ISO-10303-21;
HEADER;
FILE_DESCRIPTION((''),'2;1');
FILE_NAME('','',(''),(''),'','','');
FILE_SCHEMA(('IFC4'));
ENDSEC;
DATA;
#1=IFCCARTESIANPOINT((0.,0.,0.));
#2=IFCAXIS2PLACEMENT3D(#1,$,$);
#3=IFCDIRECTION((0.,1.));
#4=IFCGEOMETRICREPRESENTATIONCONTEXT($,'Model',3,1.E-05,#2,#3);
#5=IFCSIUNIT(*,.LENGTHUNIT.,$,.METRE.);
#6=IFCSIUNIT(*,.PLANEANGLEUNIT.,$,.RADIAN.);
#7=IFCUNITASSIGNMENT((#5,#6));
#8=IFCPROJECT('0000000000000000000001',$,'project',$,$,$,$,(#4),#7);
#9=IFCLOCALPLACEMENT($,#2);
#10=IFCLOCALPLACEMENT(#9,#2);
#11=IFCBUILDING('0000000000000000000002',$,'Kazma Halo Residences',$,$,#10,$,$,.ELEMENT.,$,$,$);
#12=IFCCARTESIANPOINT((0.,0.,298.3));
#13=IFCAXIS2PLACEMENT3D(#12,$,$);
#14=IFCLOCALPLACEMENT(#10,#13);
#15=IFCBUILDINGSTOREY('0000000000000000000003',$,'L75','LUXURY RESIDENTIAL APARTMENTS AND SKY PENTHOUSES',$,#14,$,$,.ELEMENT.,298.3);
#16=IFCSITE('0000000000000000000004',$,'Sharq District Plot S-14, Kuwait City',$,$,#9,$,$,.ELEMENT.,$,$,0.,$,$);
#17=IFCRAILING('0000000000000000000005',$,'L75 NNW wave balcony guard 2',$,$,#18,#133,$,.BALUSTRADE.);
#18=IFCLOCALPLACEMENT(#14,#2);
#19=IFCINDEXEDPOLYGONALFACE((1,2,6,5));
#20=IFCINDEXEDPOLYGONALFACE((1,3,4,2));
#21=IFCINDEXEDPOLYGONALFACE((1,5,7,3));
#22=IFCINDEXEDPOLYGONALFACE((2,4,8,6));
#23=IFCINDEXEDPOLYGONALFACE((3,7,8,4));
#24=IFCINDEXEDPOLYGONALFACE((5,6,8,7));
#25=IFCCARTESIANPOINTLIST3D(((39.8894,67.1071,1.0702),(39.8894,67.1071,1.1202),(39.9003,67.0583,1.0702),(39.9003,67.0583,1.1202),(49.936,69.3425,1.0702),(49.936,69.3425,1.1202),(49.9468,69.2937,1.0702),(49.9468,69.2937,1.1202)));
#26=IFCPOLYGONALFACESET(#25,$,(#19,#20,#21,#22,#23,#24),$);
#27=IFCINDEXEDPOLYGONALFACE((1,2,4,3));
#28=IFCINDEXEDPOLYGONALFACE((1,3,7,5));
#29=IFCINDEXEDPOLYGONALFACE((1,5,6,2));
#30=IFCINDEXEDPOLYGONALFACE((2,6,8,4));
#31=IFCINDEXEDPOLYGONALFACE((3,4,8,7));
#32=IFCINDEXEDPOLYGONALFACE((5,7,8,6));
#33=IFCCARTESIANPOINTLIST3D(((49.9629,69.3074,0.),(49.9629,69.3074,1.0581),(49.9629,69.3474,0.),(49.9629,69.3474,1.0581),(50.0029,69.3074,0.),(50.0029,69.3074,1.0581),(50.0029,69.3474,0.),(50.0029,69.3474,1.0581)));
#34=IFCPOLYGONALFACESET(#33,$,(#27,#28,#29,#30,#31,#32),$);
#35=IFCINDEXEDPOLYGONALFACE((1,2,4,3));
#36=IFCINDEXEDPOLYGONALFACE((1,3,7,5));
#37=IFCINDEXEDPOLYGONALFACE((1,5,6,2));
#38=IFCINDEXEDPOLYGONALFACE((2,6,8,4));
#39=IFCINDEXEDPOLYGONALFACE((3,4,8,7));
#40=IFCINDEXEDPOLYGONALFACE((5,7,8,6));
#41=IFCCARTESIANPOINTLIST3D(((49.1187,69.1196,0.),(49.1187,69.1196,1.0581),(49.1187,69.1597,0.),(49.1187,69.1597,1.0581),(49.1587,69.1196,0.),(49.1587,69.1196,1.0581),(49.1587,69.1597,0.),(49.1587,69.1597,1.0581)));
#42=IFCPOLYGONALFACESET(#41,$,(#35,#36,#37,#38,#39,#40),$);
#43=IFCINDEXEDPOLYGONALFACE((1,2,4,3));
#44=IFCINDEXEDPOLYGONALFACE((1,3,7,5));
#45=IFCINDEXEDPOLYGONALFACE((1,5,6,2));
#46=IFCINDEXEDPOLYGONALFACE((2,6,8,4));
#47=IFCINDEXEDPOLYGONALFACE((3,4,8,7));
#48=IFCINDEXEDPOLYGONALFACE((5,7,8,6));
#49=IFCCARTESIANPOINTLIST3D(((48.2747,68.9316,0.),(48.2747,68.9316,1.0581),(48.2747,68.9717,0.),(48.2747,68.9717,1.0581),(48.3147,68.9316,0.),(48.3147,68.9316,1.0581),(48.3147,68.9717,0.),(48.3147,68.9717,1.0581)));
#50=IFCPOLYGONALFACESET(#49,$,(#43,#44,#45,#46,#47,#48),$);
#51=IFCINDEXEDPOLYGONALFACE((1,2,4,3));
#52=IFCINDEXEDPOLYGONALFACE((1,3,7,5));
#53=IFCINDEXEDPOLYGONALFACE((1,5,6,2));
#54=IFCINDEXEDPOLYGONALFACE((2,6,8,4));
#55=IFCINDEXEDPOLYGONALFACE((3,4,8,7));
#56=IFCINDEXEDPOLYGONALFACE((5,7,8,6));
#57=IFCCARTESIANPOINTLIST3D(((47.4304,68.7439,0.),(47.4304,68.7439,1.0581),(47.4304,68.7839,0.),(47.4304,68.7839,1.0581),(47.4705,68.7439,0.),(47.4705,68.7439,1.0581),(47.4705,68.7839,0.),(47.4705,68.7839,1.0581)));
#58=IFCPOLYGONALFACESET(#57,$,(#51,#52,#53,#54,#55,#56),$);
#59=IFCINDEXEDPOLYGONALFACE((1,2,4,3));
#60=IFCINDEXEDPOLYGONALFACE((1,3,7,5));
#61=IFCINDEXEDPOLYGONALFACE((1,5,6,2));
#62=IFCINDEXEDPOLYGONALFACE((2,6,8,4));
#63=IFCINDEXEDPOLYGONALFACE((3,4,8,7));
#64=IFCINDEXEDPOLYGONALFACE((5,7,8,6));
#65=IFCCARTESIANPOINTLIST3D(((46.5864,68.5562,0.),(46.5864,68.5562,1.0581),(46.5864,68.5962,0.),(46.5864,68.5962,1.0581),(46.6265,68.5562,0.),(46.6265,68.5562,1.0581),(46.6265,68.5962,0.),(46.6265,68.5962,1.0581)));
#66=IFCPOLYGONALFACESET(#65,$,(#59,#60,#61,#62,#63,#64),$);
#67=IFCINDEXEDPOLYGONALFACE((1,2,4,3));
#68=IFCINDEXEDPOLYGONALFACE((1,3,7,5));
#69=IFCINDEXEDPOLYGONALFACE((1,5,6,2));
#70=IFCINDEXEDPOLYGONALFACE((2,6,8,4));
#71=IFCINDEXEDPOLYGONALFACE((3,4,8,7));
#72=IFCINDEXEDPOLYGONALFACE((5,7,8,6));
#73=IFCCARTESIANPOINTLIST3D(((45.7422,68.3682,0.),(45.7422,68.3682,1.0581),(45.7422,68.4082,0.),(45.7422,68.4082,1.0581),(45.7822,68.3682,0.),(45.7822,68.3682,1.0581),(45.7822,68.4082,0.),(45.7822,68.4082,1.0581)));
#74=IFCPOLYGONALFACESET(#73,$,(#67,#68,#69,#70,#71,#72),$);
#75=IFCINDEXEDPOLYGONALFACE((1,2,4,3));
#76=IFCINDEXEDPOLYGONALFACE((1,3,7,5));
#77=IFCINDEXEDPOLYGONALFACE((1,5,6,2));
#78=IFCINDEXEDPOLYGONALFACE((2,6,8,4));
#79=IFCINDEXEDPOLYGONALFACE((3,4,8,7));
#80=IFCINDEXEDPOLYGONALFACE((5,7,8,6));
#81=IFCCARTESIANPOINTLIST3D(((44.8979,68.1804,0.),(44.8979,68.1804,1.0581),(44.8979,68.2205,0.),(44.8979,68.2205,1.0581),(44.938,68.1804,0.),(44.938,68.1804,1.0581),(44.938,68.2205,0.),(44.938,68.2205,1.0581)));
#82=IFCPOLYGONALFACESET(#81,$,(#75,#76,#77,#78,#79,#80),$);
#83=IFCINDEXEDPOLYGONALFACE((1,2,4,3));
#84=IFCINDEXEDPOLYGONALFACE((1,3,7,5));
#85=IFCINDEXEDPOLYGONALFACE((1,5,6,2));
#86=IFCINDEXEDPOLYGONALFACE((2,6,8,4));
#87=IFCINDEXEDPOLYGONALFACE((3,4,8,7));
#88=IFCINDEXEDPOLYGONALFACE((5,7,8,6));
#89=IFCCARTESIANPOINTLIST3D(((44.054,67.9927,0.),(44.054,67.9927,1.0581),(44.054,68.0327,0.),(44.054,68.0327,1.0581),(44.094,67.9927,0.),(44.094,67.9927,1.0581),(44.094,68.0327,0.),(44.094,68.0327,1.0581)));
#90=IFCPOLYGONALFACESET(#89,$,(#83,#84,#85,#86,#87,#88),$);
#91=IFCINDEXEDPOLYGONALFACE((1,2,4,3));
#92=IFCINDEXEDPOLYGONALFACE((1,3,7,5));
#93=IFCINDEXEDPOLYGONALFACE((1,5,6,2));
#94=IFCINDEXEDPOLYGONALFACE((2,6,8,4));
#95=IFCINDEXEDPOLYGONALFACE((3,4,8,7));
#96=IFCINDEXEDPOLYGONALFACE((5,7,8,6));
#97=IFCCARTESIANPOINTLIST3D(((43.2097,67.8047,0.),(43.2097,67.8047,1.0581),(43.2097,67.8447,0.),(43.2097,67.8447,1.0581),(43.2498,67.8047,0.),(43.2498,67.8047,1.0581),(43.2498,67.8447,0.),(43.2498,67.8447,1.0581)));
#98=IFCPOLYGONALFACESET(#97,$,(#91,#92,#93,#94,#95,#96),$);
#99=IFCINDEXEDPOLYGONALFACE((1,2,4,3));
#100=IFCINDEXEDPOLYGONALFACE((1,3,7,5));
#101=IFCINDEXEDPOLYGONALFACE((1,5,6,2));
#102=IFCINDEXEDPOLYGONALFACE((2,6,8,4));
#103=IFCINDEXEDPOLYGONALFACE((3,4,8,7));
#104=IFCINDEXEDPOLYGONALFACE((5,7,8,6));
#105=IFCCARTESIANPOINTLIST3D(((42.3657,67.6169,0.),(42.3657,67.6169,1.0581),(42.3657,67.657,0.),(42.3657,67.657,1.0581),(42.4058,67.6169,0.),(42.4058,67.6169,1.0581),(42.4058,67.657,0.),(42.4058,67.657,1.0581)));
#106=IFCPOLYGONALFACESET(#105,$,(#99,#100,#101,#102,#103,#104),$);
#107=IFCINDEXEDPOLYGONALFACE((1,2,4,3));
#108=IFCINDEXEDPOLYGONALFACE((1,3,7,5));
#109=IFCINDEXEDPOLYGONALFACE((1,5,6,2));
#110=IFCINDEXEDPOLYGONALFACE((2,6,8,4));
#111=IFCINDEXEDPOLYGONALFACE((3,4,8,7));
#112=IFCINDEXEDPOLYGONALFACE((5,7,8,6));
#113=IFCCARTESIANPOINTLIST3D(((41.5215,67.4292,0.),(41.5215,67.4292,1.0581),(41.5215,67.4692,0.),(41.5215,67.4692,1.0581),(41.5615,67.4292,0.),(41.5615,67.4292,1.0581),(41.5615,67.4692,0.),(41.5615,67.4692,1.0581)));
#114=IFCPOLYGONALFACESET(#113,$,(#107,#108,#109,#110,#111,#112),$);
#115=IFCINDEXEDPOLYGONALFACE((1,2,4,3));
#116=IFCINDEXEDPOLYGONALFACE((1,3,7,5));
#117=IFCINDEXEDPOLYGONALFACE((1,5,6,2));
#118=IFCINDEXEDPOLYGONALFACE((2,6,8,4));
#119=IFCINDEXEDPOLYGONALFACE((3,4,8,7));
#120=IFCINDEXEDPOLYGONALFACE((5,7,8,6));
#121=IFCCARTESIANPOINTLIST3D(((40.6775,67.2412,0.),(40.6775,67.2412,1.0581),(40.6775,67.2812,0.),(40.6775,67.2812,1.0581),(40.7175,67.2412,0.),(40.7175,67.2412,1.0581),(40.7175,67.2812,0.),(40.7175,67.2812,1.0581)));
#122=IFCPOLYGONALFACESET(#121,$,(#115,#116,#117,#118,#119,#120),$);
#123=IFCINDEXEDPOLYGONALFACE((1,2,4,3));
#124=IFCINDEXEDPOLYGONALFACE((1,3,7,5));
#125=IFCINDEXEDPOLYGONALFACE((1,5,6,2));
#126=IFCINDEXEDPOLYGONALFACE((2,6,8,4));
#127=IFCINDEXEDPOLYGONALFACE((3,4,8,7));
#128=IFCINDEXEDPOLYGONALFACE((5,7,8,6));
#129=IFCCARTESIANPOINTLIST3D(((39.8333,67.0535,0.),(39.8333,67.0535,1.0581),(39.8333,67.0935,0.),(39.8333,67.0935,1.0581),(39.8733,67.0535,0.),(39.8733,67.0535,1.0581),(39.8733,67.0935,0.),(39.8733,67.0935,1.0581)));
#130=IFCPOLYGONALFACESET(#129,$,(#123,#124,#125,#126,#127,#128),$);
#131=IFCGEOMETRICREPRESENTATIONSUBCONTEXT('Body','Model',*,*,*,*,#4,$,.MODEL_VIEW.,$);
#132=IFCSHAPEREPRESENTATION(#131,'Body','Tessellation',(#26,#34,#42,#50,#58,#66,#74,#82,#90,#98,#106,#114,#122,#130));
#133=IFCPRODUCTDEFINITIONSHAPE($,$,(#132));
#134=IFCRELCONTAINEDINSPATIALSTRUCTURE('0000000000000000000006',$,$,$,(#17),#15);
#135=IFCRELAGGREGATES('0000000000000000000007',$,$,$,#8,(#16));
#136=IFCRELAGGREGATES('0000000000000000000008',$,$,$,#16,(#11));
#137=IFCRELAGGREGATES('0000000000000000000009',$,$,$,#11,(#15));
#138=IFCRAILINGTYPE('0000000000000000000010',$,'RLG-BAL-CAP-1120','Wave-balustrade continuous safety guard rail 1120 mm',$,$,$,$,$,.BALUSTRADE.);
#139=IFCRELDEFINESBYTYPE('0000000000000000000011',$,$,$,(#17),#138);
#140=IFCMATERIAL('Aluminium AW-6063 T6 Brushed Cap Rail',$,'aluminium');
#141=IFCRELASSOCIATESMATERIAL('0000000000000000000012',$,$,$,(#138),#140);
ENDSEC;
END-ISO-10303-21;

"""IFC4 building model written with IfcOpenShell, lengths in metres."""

from ifc_helpers import new_model, si_unit, direction, frame, origin, origin_2d, place, context, subcontext, project, spatial, rectangle, extrude, material, type_object, element, save


model = new_model("IFC4")

# Units and contexts
model_context = context("Model", 3, precision=1e-05, world=origin(), true_north=direction((0.0, 1.0)))
body_context = subcontext(model_context, "Body", "Model", "MODEL_VIEW")
ifc_project = project(units=[si_unit("LENGTHUNIT", "METRE"), si_unit("PLANEANGLEUNIT", "RADIAN")], contexts=[model_context])

# Site, building, storey
site_placement = place(None, origin())
site = spatial("IfcSite", under=ifc_project, at=site_placement, Name="Sharq District Plot S-14, Kuwait City", CompositionType="ELEMENT", RefElevation=0.0)
building_placement = place(site_placement, origin())
building = spatial("IfcBuilding", under=site, at=building_placement, Name="Kazma Halo Residences", CompositionType="ELEMENT")
storey_placement = place(building_placement, frame((0.0, 0.0, 298.3)))
storey = spatial("IfcBuildingStorey", under=building, at=storey_placement, Name="L75", Description="LUXURY RESIDENTIAL APARTMENTS AND SKY PENTHOUSES", CompositionType="ELEMENT", Elevation=298.3)

# Railing
ifc_material_1 = material(Name="Aluminium AW-6063 T6 Brushed Cap Rail", Category="aluminium")
railing_type = type_object("IfcRailingType", Name="RLG-BAL-CAP-1120", Description="Wave-balustrade continuous safety guard rail 1120 mm", PredefinedType="BALUSTRADE", material=ifc_material_1)
railing_1_placement = place(storey_placement, frame((49.9829, 69.3274, 0.0)))
element("IfcRailing", 1, at=railing_1_placement, inside=storey, type_object=railing_type, Name="L75 NNW wave balcony guard 2", PredefinedType="BALUSTRADE", context=body_context, shape_type="SweptSolid", body=[
    extrude(rectangle(XDim=0.05, YDim=0.05, at=origin_2d()), frame((-0.0415, -0.0093, 1.0952), z_axis=(-0.976128, -0.217194, 0.0), x_axis=(0.217194, -0.976128, 0.0)), (0.0, 0.0, 1.0), 10.2922),
    extrude(rectangle(XDim=0.04, YDim=0.04, at=origin_2d()), origin(), (0.0, 0.0, 1.0), 1.0581),
    extrude(rectangle(XDim=0.04, YDim=0.04, at=origin_2d()), frame((-0.8442, -0.1877, 0.0)), (0.0, 0.0, 1.0), 1.0581),
    extrude(rectangle(XDim=0.04, YDim=0.04, at=origin_2d()), frame((-1.6882, -0.3757, 0.0)), (0.0, 0.0, 1.0), 1.0581),
    extrude(rectangle(XDim=0.04, YDim=0.04, at=origin_2d()), frame((-2.5325, -0.5635, 0.0)), (0.0, 0.0, 1.0), 1.0581),
    extrude(rectangle(XDim=0.04, YDim=0.04, at=origin_2d()), frame((-3.3765, -0.7512, 0.0)), (0.0, 0.0, 1.0), 1.0581),
    extrude(rectangle(XDim=0.04, YDim=0.04, at=origin_2d()), frame((-4.2207, -0.9392, 0.0)), (0.0, 0.0, 1.0), 1.0581),
    extrude(rectangle(XDim=0.04, YDim=0.04, at=origin_2d()), frame((-5.0649, -1.127, 0.0)), (0.0, 0.0, 1.0), 1.0581),
    extrude(rectangle(XDim=0.04, YDim=0.04, at=origin_2d()), frame((-5.9089, -1.3147, 0.0)), (0.0, 0.0, 1.0), 1.0581),
    extrude(rectangle(XDim=0.04, YDim=0.04, at=origin_2d()), frame((-6.7532, -1.5027, 0.0)), (0.0, 0.0, 1.0), 1.0581),
    extrude(rectangle(XDim=0.04, YDim=0.04, at=origin_2d()), frame((-7.5972, -1.6904, 0.0)), (0.0, 0.0, 1.0), 1.0581),
    extrude(rectangle(XDim=0.04, YDim=0.04, at=origin_2d()), frame((-8.4414, -1.8782, 0.0)), (0.0, 0.0, 1.0), 1.0581),
    extrude(rectangle(XDim=0.04, YDim=0.04, at=origin_2d()), frame((-9.2854, -2.0662, 0.0)), (0.0, 0.0, 1.0), 1.0581),
    extrude(rectangle(XDim=0.04, YDim=0.04, at=origin_2d()), frame((-10.1296, -2.2539, 0.0)), (0.0, 0.0, 1.0), 1.0581),
])

save(model, "model.ifc")
